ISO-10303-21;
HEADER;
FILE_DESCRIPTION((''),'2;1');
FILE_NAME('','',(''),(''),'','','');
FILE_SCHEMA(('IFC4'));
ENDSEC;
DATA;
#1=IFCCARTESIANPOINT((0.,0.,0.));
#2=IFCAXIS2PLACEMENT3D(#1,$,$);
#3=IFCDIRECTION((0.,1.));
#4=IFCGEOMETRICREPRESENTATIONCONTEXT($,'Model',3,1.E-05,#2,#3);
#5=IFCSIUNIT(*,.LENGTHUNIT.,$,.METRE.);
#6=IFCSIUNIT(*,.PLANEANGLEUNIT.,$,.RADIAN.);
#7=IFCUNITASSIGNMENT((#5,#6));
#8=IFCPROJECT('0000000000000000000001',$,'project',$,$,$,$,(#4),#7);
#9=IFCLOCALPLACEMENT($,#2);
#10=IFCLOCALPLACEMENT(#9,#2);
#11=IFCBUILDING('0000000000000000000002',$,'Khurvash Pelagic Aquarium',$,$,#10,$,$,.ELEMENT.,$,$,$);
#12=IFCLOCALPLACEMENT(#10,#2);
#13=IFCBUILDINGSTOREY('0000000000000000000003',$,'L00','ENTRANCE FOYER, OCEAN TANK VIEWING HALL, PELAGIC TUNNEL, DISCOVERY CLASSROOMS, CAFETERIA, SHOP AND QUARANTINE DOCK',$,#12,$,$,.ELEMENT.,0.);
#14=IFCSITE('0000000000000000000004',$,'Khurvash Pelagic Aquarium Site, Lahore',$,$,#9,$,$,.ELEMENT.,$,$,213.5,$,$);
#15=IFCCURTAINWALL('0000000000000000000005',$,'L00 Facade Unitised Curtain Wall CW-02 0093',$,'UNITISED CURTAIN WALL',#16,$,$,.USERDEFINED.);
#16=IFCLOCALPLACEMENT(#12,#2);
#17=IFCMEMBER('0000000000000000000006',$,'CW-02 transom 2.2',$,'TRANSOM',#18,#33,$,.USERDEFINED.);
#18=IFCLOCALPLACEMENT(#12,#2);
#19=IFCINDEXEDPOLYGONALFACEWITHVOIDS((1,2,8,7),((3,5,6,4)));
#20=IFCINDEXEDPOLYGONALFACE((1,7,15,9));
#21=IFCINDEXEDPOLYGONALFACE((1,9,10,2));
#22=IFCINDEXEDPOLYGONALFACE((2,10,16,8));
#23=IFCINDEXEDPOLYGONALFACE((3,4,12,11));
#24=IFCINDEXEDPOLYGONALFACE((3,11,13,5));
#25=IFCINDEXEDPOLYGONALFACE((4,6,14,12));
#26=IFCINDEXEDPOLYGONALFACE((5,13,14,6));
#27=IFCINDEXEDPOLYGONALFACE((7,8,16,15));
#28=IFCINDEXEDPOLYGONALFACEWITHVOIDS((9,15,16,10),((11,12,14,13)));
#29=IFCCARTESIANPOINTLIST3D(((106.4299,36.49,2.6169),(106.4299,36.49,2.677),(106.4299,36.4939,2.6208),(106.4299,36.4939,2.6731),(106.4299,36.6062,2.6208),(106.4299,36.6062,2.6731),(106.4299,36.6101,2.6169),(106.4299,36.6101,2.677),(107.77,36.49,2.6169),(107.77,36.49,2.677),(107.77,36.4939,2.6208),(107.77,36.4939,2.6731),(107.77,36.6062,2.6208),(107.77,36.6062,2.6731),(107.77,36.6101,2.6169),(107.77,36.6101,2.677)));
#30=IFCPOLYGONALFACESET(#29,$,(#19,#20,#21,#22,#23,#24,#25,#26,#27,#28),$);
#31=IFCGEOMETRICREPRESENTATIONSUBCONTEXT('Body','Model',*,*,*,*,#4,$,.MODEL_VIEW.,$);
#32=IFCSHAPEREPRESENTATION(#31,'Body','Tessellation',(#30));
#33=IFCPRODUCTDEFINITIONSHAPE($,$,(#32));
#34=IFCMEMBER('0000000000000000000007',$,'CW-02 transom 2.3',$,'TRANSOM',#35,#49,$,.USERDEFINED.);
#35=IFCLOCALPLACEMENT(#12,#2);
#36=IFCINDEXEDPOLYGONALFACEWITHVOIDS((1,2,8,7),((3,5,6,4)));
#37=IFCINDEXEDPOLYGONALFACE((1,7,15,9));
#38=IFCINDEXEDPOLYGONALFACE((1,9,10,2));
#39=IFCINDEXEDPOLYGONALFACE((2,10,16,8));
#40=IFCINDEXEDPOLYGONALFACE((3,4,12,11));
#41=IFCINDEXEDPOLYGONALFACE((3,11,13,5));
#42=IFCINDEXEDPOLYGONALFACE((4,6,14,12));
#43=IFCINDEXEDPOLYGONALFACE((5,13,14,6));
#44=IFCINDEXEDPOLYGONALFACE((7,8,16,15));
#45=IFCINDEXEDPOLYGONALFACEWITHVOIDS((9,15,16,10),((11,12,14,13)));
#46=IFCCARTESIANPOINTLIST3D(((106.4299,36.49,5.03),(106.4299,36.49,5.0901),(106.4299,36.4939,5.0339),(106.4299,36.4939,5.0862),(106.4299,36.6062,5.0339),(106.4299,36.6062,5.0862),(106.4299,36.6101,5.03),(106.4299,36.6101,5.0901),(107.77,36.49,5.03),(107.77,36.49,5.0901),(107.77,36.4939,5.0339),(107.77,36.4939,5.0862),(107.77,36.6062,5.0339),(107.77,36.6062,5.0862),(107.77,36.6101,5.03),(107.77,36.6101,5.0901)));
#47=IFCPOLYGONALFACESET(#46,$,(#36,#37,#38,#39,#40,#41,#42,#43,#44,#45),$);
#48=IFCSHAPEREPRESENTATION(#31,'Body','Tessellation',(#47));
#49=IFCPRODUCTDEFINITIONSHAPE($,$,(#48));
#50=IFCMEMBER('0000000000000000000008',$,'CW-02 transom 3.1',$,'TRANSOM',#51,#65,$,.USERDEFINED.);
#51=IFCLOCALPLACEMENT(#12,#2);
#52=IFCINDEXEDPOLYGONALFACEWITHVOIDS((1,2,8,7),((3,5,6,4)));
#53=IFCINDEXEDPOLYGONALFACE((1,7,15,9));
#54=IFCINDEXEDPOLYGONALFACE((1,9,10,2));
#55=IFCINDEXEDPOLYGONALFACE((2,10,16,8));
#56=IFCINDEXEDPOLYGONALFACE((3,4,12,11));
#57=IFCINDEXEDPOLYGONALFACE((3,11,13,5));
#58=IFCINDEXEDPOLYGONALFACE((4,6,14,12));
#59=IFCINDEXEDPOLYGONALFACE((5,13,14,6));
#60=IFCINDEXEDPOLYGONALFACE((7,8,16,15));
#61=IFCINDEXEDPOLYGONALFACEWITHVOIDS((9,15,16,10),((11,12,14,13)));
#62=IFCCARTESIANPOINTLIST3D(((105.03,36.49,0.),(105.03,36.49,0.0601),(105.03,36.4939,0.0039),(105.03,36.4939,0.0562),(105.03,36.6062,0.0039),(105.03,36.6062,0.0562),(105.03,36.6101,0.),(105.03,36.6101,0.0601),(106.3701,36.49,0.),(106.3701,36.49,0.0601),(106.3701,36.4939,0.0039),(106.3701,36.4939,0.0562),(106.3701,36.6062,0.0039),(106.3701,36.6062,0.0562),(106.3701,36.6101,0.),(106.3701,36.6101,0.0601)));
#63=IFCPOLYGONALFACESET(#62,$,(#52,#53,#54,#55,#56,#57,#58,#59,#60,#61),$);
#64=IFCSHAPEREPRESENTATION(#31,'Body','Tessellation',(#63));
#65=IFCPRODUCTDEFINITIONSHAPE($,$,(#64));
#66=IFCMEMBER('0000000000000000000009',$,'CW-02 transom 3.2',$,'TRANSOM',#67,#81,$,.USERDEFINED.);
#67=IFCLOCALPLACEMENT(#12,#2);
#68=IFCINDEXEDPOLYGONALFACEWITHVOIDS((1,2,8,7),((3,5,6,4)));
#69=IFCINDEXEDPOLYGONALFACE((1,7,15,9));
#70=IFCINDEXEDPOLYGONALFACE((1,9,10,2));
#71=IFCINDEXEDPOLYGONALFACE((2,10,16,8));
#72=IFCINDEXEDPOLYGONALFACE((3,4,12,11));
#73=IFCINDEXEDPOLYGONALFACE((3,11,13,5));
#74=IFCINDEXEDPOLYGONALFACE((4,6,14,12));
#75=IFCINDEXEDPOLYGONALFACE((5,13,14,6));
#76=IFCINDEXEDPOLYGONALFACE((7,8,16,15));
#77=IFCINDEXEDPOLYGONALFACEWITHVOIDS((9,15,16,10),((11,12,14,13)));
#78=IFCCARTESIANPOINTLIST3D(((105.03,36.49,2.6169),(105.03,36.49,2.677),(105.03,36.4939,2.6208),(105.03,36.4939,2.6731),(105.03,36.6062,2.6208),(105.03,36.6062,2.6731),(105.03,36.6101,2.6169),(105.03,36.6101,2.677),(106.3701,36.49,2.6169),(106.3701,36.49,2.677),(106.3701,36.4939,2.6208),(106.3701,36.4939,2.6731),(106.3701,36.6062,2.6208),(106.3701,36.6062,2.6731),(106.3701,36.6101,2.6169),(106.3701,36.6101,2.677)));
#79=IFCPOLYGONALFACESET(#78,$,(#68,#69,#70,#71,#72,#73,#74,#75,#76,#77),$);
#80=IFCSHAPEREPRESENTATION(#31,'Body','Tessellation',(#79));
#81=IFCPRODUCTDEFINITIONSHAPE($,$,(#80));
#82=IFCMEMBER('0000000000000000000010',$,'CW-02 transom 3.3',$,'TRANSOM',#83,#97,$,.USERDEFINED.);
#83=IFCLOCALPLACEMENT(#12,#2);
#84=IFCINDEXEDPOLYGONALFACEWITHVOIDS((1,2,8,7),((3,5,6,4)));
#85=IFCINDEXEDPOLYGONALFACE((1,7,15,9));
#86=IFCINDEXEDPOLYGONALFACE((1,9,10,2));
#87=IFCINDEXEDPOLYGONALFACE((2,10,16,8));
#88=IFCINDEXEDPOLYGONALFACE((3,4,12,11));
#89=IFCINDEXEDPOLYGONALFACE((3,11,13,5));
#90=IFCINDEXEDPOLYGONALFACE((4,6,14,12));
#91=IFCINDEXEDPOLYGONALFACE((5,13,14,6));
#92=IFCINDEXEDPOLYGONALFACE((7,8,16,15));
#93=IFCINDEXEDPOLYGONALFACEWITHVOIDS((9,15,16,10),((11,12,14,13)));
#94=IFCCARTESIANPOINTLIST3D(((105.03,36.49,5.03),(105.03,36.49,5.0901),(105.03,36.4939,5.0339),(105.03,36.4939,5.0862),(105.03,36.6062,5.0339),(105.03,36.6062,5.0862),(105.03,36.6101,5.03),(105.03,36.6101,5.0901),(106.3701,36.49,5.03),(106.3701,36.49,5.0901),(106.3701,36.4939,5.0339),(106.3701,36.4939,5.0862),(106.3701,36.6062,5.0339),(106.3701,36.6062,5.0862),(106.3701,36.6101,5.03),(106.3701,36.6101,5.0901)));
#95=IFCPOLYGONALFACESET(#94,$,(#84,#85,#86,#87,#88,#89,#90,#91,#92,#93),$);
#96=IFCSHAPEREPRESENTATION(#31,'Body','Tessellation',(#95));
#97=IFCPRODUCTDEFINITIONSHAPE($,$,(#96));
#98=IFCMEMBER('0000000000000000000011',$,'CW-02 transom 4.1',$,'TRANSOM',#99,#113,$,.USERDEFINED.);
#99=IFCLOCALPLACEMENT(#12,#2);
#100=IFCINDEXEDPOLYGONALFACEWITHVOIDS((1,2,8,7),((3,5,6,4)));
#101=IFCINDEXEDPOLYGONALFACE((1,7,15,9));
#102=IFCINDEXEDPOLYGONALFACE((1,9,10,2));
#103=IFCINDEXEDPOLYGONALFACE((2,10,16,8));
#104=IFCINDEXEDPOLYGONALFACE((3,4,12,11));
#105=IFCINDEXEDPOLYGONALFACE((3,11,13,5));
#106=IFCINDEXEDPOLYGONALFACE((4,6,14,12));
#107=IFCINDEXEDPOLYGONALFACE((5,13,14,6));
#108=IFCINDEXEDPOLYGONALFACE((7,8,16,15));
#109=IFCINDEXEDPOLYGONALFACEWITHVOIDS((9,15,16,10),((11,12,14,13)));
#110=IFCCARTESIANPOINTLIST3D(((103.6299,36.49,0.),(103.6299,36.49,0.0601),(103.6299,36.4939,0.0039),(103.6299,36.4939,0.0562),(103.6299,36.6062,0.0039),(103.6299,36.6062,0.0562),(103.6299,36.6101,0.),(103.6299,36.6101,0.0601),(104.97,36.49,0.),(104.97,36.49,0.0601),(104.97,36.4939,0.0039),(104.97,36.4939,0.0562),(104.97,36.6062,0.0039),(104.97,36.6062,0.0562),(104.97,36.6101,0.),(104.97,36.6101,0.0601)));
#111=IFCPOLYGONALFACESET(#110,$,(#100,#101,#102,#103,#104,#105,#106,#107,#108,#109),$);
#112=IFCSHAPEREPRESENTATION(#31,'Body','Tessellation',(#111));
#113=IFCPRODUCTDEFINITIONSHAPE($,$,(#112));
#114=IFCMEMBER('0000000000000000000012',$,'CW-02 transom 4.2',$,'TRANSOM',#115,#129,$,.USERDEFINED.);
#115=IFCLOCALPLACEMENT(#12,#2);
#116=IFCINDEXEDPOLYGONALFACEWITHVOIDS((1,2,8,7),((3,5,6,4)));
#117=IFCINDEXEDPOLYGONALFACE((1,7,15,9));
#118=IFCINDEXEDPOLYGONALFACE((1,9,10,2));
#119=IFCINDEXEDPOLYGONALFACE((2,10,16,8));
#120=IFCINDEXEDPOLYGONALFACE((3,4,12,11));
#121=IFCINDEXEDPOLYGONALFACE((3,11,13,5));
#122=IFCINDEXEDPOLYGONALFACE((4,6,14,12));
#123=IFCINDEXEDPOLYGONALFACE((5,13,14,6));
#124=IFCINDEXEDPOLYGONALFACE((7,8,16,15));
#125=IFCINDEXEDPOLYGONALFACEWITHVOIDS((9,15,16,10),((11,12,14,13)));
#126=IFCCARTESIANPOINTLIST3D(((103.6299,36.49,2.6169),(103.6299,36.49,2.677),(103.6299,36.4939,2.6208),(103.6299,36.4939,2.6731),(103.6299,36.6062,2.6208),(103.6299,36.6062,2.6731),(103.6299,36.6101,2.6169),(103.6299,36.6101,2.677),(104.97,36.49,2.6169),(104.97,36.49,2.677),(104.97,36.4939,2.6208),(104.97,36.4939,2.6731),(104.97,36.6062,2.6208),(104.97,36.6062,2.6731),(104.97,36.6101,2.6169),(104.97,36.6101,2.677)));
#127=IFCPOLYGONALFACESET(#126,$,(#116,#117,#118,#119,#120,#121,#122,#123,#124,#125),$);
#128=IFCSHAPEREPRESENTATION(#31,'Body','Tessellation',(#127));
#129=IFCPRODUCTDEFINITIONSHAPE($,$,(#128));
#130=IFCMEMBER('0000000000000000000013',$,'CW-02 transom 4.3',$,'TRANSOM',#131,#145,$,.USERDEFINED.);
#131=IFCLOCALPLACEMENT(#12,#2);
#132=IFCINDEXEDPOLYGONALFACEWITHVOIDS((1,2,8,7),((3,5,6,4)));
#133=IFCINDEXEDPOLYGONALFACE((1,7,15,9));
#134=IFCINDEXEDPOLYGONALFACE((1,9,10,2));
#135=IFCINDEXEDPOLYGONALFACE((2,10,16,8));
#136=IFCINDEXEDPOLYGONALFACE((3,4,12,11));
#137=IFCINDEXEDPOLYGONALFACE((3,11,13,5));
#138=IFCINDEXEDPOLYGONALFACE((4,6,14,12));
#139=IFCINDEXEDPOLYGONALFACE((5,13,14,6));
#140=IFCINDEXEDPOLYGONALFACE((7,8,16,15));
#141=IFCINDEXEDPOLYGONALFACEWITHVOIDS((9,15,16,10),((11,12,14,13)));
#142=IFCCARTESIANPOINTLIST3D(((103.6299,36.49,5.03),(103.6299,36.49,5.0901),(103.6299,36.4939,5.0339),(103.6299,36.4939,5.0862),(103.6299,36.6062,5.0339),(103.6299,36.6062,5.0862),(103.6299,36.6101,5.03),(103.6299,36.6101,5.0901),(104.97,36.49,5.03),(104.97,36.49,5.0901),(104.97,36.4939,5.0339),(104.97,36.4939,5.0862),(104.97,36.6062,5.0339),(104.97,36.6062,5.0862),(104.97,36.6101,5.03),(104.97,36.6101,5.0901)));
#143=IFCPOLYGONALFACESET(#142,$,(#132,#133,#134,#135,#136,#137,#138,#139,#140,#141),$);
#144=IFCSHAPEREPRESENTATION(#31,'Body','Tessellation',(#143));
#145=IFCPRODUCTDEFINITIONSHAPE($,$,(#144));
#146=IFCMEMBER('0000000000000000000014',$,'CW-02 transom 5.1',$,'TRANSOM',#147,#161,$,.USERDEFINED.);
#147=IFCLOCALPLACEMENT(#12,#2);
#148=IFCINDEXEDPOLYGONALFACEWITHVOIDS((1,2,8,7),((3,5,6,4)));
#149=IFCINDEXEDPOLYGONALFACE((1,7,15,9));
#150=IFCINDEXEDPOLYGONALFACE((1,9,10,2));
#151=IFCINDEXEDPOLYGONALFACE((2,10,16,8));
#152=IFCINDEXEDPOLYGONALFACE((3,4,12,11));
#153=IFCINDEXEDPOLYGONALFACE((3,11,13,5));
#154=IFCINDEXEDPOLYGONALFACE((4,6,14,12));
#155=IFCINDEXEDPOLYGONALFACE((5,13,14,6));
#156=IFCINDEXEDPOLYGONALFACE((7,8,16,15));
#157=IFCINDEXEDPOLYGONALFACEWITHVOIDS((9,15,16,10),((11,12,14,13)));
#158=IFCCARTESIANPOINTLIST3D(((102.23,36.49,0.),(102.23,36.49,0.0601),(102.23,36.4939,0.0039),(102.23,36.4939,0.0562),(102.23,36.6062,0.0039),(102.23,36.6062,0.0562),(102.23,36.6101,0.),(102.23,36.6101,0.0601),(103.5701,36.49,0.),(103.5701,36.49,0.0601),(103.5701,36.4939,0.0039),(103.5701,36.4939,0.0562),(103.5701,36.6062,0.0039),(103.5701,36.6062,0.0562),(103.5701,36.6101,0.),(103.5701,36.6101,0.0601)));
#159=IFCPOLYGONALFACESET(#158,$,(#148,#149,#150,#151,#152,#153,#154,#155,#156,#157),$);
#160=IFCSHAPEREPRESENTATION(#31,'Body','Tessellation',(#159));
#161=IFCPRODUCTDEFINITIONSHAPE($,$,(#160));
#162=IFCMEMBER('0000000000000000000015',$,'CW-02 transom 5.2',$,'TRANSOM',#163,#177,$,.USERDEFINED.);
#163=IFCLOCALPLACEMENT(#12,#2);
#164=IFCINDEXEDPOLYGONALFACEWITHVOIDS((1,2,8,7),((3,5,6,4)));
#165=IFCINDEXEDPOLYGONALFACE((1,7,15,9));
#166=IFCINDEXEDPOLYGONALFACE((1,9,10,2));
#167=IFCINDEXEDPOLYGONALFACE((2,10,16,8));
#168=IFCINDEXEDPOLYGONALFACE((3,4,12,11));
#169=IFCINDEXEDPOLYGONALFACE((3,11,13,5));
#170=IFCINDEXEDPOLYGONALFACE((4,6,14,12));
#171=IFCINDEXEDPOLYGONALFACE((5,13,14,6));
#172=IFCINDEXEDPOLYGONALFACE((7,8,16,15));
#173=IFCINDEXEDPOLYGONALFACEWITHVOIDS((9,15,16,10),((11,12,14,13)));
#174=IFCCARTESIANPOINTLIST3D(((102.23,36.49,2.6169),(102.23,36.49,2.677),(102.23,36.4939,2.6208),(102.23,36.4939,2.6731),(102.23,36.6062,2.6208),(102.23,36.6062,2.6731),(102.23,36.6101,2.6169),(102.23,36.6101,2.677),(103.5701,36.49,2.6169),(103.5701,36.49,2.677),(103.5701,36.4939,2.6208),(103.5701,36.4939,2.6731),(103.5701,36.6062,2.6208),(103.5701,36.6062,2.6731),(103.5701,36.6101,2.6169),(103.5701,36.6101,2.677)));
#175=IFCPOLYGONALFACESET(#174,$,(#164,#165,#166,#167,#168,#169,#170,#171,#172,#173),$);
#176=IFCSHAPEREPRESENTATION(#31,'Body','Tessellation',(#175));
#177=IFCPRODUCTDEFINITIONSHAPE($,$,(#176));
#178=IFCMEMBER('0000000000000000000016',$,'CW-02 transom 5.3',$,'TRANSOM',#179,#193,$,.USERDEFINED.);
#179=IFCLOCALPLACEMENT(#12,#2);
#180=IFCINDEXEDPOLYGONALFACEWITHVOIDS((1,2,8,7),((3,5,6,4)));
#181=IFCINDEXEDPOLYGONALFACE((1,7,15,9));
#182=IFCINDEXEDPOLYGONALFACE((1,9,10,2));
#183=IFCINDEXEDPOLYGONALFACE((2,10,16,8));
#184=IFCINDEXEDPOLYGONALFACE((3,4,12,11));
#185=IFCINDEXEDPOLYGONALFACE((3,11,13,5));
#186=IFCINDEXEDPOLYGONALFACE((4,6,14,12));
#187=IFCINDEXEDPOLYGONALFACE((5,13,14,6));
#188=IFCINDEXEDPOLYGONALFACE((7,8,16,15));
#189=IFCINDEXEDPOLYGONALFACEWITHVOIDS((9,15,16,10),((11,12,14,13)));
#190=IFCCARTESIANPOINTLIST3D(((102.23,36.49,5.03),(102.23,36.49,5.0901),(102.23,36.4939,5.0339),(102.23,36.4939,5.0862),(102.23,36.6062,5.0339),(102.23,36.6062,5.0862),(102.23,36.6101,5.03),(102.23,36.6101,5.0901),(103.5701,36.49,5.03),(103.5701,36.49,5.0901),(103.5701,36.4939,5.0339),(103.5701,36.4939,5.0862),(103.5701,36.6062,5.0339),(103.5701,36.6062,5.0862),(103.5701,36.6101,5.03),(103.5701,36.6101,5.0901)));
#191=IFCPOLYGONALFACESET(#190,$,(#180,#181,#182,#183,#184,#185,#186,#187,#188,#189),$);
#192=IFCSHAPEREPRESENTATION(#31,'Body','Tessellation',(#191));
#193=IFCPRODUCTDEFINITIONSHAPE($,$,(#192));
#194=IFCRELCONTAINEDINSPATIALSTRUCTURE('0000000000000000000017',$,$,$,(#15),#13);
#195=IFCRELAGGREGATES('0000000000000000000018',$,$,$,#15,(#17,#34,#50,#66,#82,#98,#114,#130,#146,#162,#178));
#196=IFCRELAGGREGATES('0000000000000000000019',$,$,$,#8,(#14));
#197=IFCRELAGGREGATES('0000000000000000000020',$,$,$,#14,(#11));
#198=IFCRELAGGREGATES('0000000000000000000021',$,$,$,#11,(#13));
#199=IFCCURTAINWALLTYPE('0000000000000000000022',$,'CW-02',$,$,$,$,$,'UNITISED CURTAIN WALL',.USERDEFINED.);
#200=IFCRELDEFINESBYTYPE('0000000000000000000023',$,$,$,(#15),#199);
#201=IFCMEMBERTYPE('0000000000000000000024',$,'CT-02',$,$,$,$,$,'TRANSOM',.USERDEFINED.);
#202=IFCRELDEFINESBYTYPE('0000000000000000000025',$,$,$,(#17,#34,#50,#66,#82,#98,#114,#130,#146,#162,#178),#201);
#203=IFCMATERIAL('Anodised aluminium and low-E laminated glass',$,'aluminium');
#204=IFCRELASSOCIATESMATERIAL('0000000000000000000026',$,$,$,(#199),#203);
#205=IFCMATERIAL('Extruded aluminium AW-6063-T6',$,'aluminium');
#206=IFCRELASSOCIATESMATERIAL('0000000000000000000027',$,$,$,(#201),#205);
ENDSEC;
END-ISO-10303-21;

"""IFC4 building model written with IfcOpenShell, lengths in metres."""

from ifc_helpers import new_model, si_unit, direction, frame, origin, origin_2d, place, context, subcontext, project, spatial, hollow_rectangle, extrude, material, material_profile, profile_set, type_object, element, aggregate, save


model = new_model("IFC4")

# Units and contexts
model_context = context("Model", 3, precision=1e-05, world=origin(), true_north=direction((0.0, 1.0)))
body_context = subcontext(model_context, "Body", "Model", "MODEL_VIEW")
ifc_project = project(units=[si_unit("LENGTHUNIT", "METRE"), si_unit("PLANEANGLEUNIT", "RADIAN")], contexts=[model_context])

# Site, building, storey
site_placement = place(None, origin())
site = spatial("IfcSite", under=ifc_project, at=site_placement, Name="Khurvash Pelagic Aquarium Site, Lahore", CompositionType="ELEMENT", RefElevation=213.5)
building_placement = place(site_placement, origin())
building = spatial("IfcBuilding", under=site, at=building_placement, Name="Khurvash Pelagic Aquarium", CompositionType="ELEMENT")
storey_placement = place(building_placement, origin())
storey = spatial("IfcBuildingStorey", under=building, at=storey_placement, Name="L00", Description="ENTRANCE FOYER, OCEAN TANK VIEWING HALL, PELAGIC TUNNEL, DISCOVERY CLASSROOMS, CAFETERIA, SHOP AND QUARANTINE DOCK", CompositionType="ELEMENT", Elevation=0.0)

# Curtain wall, members
ifc_material_1 = material(Name="Anodised aluminium and low-E laminated glass", Category="aluminium")
curtain_wall_type = type_object("IfcCurtainWallType", Name="CW-02", ElementType="UNITISED CURTAIN WALL", PredefinedType="USERDEFINED", material=ifc_material_1)
curtain_wall_placement = place(storey_placement, origin())
curtain_wall = element("IfcCurtainWall", 1, at=curtain_wall_placement, inside=storey, type_object=curtain_wall_type, Name="L00 Facade Unitised Curtain Wall CW-02 0093", ObjectType="UNITISED CURTAIN WALL", PredefinedType="USERDEFINED")
ifc_material_2 = material(Name="Extruded aluminium AW-6063-T6", Category="aluminium")
ifc_material_profile_1 = material_profile(ifc_material_2, hollow_rectangle(XDim=0.1201, YDim=0.0601, WallThickness=0.0039, at=origin_2d()), Name="CWT120X60X4")
ifc_profile_set_1 = profile_set([ifc_material_profile_1], Name="Extruded aluminium AW-6063-T6")
member_type_1 = type_object("IfcMemberType", Name="CT-02", ElementType="TRANSOM", PredefinedType="USERDEFINED", material=ifc_profile_set_1)
member_1_placement = place(storey_placement, frame((107.77, 36.55, 2.647), z_axis=(-1.0, 0.0, 0.0), x_axis=(0.0, -1.0, 0.0)))
member_1 = element("IfcMember", 2, at=member_1_placement, type_object=member_type_1, Name="CW-02 transom 2.2", ObjectType="TRANSOM", PredefinedType="USERDEFINED", context=body_context, shape_type="SweptSolid", body=[
    extrude(hollow_rectangle(XDim=0.1201, YDim=0.0601, WallThickness=0.0039, at=origin_2d()), origin(), (0.0, 0.0, 1.0), 1.3401),
])
member_2_placement = place(storey_placement, frame((107.77, 36.55, 5.0601), z_axis=(-1.0, 0.0, 0.0), x_axis=(0.0, -1.0, 0.0)))
member_2 = element("IfcMember", 3, at=member_2_placement, type_object=member_type_1, Name="CW-02 transom 2.3", ObjectType="TRANSOM", PredefinedType="USERDEFINED", context=body_context, shape_type="SweptSolid", body=[
    extrude(hollow_rectangle(XDim=0.1201, YDim=0.0601, WallThickness=0.0039, at=origin_2d()), origin(), (0.0, 0.0, 1.0), 1.3401),
])
member_3_placement = place(storey_placement, frame((106.3701, 36.55, 0.03), z_axis=(-1.0, 0.0, 0.0), x_axis=(0.0, -1.0, 0.0)))
member_3 = element("IfcMember", 4, at=member_3_placement, type_object=member_type_1, Name="CW-02 transom 3.1", ObjectType="TRANSOM", PredefinedType="USERDEFINED", context=body_context, shape_type="SweptSolid", body=[
    extrude(hollow_rectangle(XDim=0.1201, YDim=0.0601, WallThickness=0.0039, at=origin_2d()), origin(), (0.0, 0.0, 1.0), 1.3401),
])
member_4_placement = place(storey_placement, frame((106.3701, 36.55, 2.647), z_axis=(-1.0, 0.0, 0.0), x_axis=(0.0, -1.0, 0.0)))
member_4 = element("IfcMember", 5, at=member_4_placement, type_object=member_type_1, Name="CW-02 transom 3.2", ObjectType="TRANSOM", PredefinedType="USERDEFINED", context=body_context, shape_type="SweptSolid", body=[
    extrude(hollow_rectangle(XDim=0.1201, YDim=0.0601, WallThickness=0.0039, at=origin_2d()), origin(), (0.0, 0.0, 1.0), 1.3401),
])
member_5_placement = place(storey_placement, frame((106.3701, 36.55, 5.0601), z_axis=(-1.0, 0.0, 0.0), x_axis=(0.0, -1.0, 0.0)))
member_5 = element("IfcMember", 6, at=member_5_placement, type_object=member_type_1, Name="CW-02 transom 3.3", ObjectType="TRANSOM", PredefinedType="USERDEFINED", context=body_context, shape_type="SweptSolid", body=[
    extrude(hollow_rectangle(XDim=0.1201, YDim=0.0601, WallThickness=0.0039, at=origin_2d()), origin(), (0.0, 0.0, 1.0), 1.3401),
])
member_6_placement = place(storey_placement, frame((104.97, 36.55, 0.03), z_axis=(-1.0, 0.0, 0.0), x_axis=(0.0, -1.0, 0.0)))
member_6 = element("IfcMember", 7, at=member_6_placement, type_object=member_type_1, Name="CW-02 transom 4.1", ObjectType="TRANSOM", PredefinedType="USERDEFINED", context=body_context, shape_type="SweptSolid", body=[
    extrude(hollow_rectangle(XDim=0.1201, YDim=0.0601, WallThickness=0.0039, at=origin_2d()), origin(), (0.0, 0.0, 1.0), 1.3401),
])
member_7_placement = place(storey_placement, frame((104.97, 36.55, 2.647), z_axis=(-1.0, 0.0, 0.0), x_axis=(0.0, -1.0, 0.0)))
member_7 = element("IfcMember", 8, at=member_7_placement, type_object=member_type_1, Name="CW-02 transom 4.2", ObjectType="TRANSOM", PredefinedType="USERDEFINED", context=body_context, shape_type="SweptSolid", body=[
    extrude(hollow_rectangle(XDim=0.1201, YDim=0.0601, WallThickness=0.0039, at=origin_2d()), origin(), (0.0, 0.0, 1.0), 1.3401),
])
member_8_placement = place(storey_placement, frame((104.97, 36.55, 5.0601), z_axis=(-1.0, 0.0, 0.0), x_axis=(0.0, -1.0, 0.0)))
member_8 = element("IfcMember", 9, at=member_8_placement, type_object=member_type_1, Name="CW-02 transom 4.3", ObjectType="TRANSOM", PredefinedType="USERDEFINED", context=body_context, shape_type="SweptSolid", body=[
    extrude(hollow_rectangle(XDim=0.1201, YDim=0.0601, WallThickness=0.0039, at=origin_2d()), origin(), (0.0, 0.0, 1.0), 1.3401),
])
member_9_placement = place(storey_placement, frame((103.5701, 36.55, 0.03), z_axis=(-1.0, 0.0, 0.0), x_axis=(0.0, -1.0, 0.0)))
member_9 = element("IfcMember", 10, at=member_9_placement, type_object=member_type_1, Name="CW-02 transom 5.1", ObjectType="TRANSOM", PredefinedType="USERDEFINED", context=body_context, shape_type="SweptSolid", body=[
    extrude(hollow_rectangle(XDim=0.1201, YDim=0.0601, WallThickness=0.0039, at=origin_2d()), origin(), (0.0, 0.0, 1.0), 1.3401),
])
member_10_placement = place(storey_placement, frame((103.5701, 36.55, 2.647), z_axis=(-1.0, 0.0, 0.0), x_axis=(0.0, -1.0, 0.0)))
member_10 = element("IfcMember", 11, at=member_10_placement, type_object=member_type_1, Name="CW-02 transom 5.2", ObjectType="TRANSOM", PredefinedType="USERDEFINED", context=body_context, shape_type="SweptSolid", body=[
    extrude(hollow_rectangle(XDim=0.1201, YDim=0.0601, WallThickness=0.0039, at=origin_2d()), origin(), (0.0, 0.0, 1.0), 1.3401),
])
member_11_placement = place(storey_placement, frame((103.5701, 36.55, 5.0601), z_axis=(-1.0, 0.0, 0.0), x_axis=(0.0, -1.0, 0.0)))
member_11 = element("IfcMember", 12, at=member_11_placement, type_object=member_type_1, Name="CW-02 transom 5.3", ObjectType="TRANSOM", PredefinedType="USERDEFINED", context=body_context, shape_type="SweptSolid", body=[
    extrude(hollow_rectangle(XDim=0.1201, YDim=0.0601, WallThickness=0.0039, at=origin_2d()), origin(), (0.0, 0.0, 1.0), 1.3401),
])
aggregate(curtain_wall, [member_1, member_2, member_3, member_4, member_5, member_6, member_7, member_8, member_9, member_10, member_11])

save(model, "model.ifc")
